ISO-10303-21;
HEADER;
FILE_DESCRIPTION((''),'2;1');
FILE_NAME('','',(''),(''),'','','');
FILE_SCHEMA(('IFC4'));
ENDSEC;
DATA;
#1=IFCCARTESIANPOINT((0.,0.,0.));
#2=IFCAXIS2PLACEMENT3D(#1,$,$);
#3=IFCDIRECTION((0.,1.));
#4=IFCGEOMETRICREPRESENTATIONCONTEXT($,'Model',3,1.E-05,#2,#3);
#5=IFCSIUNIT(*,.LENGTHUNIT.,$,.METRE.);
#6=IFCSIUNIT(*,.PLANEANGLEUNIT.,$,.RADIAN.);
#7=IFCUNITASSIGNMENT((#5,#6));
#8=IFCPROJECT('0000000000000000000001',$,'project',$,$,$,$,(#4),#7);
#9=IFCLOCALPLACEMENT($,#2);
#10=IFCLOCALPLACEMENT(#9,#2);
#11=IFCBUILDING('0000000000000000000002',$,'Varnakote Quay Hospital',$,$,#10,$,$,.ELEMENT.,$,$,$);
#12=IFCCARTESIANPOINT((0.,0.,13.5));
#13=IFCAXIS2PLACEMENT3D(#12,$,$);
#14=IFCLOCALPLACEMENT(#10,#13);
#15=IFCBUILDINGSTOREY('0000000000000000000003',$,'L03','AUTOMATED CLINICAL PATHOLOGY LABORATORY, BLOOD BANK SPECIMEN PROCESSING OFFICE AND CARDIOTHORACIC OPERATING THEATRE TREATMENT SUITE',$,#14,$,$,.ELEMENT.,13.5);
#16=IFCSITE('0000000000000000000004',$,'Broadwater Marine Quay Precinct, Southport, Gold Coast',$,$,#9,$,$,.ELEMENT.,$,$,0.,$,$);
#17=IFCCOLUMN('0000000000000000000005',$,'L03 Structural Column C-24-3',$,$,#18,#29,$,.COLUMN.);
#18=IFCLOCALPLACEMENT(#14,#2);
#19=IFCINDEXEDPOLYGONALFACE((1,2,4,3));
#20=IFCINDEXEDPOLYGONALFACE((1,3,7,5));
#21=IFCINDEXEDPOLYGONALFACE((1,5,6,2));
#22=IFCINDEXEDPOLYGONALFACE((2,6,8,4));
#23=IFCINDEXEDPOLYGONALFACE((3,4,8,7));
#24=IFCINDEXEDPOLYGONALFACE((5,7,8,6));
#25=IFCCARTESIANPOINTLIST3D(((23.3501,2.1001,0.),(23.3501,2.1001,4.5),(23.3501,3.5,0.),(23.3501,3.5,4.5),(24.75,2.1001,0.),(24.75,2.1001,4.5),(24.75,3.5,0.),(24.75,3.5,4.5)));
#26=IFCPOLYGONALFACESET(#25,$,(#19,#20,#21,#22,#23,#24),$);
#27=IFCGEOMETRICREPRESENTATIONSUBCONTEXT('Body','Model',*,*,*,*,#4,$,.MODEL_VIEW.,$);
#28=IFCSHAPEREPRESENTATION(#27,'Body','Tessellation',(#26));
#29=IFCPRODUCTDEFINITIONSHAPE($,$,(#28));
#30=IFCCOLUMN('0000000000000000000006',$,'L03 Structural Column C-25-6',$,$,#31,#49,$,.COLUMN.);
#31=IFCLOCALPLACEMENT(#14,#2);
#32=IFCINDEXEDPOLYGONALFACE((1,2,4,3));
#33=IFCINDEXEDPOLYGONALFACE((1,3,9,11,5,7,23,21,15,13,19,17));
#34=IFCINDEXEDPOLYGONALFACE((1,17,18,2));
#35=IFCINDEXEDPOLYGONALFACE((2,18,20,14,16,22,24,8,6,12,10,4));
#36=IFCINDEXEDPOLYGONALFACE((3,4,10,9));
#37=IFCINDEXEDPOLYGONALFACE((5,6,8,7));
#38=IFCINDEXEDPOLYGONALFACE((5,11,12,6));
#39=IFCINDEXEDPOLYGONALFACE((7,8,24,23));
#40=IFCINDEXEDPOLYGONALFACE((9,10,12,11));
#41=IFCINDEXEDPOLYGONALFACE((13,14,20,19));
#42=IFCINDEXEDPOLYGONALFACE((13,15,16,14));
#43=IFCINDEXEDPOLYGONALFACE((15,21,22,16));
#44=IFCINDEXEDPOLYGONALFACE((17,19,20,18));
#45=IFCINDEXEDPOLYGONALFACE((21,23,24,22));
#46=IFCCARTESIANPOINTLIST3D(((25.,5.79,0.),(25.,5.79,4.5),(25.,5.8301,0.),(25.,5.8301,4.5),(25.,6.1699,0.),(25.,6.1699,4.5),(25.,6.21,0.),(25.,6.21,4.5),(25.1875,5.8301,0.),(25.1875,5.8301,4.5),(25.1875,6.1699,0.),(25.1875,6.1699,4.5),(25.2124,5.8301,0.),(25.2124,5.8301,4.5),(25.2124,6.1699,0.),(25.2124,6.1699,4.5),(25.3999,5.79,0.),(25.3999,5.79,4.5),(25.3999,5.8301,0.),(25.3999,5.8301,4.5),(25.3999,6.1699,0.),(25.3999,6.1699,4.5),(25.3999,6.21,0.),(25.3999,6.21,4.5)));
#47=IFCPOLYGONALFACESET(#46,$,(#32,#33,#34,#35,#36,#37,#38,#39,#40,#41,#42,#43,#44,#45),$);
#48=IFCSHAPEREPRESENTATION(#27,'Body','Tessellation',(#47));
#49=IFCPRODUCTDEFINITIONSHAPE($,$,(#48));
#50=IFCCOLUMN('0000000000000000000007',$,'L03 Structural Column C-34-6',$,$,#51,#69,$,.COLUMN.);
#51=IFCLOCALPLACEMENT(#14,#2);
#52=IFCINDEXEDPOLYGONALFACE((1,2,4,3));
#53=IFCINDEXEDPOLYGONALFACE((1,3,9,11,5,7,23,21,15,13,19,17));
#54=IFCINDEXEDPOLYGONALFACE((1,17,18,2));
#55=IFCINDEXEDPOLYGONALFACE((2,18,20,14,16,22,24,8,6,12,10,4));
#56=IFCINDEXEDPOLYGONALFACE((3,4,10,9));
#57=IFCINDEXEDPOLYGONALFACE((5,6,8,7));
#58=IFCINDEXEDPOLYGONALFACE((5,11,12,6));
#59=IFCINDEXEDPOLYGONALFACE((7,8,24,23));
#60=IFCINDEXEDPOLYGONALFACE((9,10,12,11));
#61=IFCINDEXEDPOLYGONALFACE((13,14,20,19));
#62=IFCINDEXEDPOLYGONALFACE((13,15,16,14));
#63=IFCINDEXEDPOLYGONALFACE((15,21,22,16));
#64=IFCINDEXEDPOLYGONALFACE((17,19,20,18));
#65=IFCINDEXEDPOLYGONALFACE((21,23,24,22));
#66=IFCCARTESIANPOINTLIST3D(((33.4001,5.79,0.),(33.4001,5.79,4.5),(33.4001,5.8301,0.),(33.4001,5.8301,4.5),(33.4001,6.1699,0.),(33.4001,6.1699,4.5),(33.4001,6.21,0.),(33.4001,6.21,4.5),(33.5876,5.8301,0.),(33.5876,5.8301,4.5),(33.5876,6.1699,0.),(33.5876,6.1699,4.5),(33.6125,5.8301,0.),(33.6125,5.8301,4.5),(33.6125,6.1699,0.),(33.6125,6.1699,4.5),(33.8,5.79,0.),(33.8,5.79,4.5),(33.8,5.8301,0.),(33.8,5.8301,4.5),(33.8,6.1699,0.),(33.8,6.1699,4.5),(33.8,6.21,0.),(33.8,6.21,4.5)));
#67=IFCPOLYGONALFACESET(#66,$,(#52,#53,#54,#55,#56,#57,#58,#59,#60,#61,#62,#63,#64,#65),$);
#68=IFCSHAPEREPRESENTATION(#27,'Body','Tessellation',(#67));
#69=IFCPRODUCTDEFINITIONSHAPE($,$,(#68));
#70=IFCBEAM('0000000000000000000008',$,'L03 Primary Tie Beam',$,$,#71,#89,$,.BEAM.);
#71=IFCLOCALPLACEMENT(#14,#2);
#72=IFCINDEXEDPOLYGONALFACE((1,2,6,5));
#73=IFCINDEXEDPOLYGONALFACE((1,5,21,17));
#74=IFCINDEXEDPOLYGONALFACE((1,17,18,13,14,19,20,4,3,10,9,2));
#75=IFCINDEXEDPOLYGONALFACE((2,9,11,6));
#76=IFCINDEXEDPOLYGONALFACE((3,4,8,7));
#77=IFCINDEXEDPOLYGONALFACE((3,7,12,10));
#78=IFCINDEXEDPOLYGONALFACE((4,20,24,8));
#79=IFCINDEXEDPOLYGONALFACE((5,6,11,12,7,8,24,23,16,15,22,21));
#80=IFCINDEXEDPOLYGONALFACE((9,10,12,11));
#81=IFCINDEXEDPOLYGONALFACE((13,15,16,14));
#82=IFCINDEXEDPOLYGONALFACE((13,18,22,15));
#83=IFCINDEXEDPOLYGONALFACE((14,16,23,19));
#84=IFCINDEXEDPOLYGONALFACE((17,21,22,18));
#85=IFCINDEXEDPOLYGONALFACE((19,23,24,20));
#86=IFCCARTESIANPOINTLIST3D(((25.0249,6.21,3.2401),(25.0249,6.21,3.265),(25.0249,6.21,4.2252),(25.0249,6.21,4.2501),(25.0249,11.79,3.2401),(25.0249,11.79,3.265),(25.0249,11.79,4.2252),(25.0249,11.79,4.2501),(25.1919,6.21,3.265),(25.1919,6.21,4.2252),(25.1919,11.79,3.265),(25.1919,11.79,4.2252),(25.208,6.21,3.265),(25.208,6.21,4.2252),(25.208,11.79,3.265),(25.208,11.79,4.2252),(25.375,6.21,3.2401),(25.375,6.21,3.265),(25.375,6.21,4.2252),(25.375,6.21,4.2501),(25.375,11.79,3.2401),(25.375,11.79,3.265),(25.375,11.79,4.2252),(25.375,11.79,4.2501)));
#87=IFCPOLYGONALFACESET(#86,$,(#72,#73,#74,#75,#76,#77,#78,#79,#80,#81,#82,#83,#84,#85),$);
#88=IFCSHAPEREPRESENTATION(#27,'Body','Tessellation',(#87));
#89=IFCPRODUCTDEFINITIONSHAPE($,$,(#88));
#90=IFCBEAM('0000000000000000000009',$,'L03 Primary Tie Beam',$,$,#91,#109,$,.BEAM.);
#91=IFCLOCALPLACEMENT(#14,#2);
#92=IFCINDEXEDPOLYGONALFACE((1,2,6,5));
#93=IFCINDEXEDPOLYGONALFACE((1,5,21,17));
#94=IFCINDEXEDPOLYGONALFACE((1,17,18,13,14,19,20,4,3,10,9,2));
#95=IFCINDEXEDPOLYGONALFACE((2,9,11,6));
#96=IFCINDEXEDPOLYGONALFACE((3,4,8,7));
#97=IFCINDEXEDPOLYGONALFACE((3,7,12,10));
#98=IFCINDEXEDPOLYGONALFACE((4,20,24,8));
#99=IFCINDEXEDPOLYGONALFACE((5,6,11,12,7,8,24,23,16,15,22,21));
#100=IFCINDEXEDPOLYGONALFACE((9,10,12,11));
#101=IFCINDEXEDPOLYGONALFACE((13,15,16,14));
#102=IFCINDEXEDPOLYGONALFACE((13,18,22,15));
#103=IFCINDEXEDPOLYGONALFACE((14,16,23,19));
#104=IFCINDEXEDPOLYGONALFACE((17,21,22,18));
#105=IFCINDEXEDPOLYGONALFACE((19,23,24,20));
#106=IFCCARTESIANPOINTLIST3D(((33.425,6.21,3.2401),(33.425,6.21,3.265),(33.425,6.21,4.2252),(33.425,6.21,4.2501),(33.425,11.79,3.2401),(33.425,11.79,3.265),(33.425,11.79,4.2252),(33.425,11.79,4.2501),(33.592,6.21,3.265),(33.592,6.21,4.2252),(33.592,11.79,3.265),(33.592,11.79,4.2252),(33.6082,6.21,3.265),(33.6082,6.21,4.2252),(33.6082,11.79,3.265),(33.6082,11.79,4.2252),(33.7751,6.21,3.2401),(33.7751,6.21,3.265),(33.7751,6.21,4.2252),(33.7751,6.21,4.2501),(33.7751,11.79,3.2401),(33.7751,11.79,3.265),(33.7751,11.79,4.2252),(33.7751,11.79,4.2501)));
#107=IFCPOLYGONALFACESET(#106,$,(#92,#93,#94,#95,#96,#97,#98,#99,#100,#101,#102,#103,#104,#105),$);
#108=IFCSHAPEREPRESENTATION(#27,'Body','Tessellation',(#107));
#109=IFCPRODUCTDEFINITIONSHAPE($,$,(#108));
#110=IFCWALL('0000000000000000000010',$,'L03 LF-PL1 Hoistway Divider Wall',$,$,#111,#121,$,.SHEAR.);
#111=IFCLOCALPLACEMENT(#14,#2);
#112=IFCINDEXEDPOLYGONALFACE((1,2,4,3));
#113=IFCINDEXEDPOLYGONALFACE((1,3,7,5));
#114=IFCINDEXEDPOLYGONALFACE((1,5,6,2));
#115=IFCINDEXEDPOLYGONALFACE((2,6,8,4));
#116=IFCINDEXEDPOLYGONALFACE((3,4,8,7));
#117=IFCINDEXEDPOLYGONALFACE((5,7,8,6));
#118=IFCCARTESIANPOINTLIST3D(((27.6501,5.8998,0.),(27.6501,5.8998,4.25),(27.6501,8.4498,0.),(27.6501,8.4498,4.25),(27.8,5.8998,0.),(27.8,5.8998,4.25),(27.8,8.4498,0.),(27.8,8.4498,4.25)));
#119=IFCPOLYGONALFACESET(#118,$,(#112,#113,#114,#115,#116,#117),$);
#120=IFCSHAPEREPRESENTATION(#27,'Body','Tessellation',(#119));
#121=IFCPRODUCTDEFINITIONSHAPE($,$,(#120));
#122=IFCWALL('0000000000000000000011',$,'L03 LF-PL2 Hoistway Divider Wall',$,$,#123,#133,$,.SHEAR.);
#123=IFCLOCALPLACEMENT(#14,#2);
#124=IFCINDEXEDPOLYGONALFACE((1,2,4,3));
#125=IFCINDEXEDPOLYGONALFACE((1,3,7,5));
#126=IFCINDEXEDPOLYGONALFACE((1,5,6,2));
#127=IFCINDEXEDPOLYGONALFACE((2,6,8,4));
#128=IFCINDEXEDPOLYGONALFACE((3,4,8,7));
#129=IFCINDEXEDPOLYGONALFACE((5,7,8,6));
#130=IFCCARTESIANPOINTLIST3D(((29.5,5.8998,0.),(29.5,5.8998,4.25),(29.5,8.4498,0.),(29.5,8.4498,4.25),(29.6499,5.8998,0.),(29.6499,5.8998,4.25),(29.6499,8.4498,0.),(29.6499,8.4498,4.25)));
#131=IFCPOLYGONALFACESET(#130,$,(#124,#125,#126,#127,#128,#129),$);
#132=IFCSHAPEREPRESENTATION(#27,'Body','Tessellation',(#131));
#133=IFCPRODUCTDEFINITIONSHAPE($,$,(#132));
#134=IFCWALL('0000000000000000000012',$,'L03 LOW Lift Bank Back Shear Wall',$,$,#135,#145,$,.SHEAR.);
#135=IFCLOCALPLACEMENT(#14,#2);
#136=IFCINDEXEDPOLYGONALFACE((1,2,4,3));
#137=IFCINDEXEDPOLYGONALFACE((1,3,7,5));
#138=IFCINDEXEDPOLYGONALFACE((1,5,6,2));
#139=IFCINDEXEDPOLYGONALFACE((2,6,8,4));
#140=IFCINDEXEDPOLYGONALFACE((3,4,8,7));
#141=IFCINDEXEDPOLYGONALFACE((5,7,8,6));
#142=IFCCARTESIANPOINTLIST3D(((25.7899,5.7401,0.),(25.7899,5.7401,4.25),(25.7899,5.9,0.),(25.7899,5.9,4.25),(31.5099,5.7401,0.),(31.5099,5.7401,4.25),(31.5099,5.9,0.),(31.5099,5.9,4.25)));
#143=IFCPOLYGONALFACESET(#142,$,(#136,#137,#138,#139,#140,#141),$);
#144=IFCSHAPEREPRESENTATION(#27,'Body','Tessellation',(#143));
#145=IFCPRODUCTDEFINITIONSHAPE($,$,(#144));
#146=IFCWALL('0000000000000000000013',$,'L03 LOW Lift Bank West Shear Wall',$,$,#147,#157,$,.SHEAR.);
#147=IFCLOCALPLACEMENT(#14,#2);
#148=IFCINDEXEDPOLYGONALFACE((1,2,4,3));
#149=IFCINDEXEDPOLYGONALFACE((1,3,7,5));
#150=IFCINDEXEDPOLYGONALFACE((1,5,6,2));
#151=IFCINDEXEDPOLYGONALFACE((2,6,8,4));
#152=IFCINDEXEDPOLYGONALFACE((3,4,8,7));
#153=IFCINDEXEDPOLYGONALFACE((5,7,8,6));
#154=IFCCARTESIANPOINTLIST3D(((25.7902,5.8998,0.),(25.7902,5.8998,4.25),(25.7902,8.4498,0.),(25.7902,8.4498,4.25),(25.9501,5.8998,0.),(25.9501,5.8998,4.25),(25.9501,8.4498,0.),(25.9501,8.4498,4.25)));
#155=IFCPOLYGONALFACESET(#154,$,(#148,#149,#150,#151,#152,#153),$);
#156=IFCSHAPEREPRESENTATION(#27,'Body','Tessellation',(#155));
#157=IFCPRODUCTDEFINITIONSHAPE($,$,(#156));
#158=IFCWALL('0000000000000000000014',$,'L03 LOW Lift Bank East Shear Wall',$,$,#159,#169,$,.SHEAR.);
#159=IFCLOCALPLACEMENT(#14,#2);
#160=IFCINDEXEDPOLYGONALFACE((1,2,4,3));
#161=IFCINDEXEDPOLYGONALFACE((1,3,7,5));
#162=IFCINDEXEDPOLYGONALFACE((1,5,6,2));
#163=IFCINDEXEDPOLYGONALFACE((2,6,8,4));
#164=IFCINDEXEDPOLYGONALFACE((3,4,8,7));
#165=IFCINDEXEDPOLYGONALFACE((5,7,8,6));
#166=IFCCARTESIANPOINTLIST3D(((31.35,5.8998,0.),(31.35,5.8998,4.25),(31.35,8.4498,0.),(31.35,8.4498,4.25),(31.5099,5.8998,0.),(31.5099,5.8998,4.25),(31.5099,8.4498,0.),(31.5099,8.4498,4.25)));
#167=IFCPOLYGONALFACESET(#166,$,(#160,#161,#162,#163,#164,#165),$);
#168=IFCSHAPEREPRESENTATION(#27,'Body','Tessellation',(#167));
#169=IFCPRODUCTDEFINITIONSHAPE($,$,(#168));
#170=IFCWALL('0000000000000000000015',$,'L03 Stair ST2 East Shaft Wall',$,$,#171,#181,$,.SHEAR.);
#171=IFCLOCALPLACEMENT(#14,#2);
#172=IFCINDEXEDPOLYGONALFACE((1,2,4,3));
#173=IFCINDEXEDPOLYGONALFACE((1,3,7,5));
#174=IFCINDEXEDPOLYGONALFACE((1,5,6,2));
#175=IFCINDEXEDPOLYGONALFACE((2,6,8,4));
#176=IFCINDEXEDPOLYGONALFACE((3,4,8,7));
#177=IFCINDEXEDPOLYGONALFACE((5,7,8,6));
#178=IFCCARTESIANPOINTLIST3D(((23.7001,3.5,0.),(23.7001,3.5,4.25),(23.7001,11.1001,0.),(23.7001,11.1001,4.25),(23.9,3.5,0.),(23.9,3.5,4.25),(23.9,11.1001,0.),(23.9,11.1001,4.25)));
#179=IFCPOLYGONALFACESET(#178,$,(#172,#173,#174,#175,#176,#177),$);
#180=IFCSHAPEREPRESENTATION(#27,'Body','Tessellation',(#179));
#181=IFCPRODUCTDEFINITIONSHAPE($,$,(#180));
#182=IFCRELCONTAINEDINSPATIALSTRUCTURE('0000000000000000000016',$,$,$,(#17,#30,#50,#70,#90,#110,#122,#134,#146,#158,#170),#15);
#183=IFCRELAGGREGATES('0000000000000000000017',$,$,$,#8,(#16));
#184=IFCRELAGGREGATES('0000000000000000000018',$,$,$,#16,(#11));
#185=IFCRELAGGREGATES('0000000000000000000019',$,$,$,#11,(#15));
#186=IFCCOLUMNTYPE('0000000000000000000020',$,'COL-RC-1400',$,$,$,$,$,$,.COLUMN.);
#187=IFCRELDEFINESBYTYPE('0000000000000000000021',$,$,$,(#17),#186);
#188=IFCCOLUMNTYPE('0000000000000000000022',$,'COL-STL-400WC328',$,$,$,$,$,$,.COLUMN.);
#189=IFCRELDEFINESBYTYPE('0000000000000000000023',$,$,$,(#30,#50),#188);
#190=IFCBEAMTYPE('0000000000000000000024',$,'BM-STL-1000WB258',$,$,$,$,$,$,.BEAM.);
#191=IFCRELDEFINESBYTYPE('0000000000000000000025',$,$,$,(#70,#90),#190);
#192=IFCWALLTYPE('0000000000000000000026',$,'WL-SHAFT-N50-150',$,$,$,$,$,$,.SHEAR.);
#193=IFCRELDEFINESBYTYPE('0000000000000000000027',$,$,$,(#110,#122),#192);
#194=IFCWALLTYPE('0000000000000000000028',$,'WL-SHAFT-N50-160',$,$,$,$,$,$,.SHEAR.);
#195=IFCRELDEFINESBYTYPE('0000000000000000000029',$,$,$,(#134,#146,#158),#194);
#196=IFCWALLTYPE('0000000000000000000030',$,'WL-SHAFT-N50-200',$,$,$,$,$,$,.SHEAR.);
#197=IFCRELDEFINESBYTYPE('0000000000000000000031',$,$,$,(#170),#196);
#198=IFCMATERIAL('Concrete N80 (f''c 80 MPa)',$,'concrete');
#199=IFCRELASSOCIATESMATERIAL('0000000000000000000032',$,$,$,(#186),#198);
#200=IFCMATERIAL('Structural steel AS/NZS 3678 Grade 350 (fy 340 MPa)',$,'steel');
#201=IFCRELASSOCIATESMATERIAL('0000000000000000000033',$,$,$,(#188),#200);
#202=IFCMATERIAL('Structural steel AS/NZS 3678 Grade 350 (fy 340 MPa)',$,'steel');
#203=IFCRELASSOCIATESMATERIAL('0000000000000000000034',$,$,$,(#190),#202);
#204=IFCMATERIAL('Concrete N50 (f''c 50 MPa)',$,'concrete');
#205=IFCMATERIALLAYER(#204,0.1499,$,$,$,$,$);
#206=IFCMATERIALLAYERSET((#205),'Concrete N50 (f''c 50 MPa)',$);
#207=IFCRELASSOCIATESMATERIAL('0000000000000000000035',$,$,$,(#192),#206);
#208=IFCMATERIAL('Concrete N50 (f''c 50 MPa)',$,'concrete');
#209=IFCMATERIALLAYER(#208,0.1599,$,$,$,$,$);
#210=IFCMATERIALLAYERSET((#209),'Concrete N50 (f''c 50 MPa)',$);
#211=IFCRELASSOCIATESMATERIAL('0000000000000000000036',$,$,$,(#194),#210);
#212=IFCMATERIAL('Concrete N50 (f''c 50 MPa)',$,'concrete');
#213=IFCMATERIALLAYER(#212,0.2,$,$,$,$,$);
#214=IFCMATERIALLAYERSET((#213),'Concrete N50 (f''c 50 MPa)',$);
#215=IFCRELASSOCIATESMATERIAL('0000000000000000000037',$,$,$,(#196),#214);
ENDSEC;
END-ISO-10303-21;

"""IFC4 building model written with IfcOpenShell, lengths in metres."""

from ifc_helpers import new_model, si_unit, direction, frame, frame_2d, origin, origin_2d, place, context, subcontext, project, spatial, rectangle, i_section, extrude, material, layer, layer_set, material_profile, profile_set, type_object, element, save


model = new_model("IFC4")

# Units and contexts
model_context = context("Model", 3, precision=1e-05, world=origin(), true_north=direction((0.0, 1.0)))
body_context = subcontext(model_context, "Body", "Model", "MODEL_VIEW")
ifc_project = project(units=[si_unit("LENGTHUNIT", "METRE"), si_unit("PLANEANGLEUNIT", "RADIAN")], contexts=[model_context])

# Site, building, storey
site_placement = place(None, origin())
site = spatial("IfcSite", under=ifc_project, at=site_placement, Name="Broadwater Marine Quay Precinct, Southport, Gold Coast", CompositionType="ELEMENT", RefElevation=0.0)
building_placement = place(site_placement, origin())
building = spatial("IfcBuilding", under=site, at=building_placement, Name="Varnakote Quay Hospital", CompositionType="ELEMENT")
storey_placement = place(building_placement, frame((0.0, 0.0, 13.5)))
storey = spatial("IfcBuildingStorey", under=building, at=storey_placement, Name="L03", Description="AUTOMATED CLINICAL PATHOLOGY LABORATORY, BLOOD BANK SPECIMEN PROCESSING OFFICE AND CARDIOTHORACIC OPERATING THEATRE TREATMENT SUITE", CompositionType="ELEMENT", Elevation=13.5)

# Columns
ifc_material_1 = material(Name="Concrete N80 (f'c 80 MPa)", Category="concrete")
ifc_material_profile_1 = material_profile(ifc_material_1, rectangle(XDim=1.3999, YDim=1.3999, at=origin_2d()), Name="RC-COL-1400x1400")
ifc_profile_set_1 = profile_set([ifc_material_profile_1], Name="Concrete N80 (f'c 80 MPa)")
column_type_1 = type_object("IfcColumnType", Name="COL-RC-1400", PredefinedType="COLUMN", material=ifc_profile_set_1)
column_placement = place(storey_placement, frame((24.05, 2.8, 0.0), z_axis=(0.0, 0.0, 1.0), x_axis=(1.0, 0.0, 0.0)))
element("IfcColumn", 1, at=column_placement, inside=storey, type_object=column_type_1, Name="L03 Structural Column C-24-3", PredefinedType="COLUMN", context=body_context, shape_type="SweptSolid", body=[
    extrude(rectangle(XDim=1.3999, YDim=1.3999, at=origin_2d()), origin(), (0.0, 0.0, 1.0), 4.5),
])
ifc_material_2 = material(Name="Structural steel AS/NZS 3678 Grade 350 (fy 340 MPa)", Category="steel")
ifc_material_profile_2 = material_profile(ifc_material_2, i_section(OverallWidth=0.3999, OverallDepth=0.4199, WebThickness=0.0249, FlangeThickness=0.04, at=origin_2d()), Name="400WC328")
ifc_profile_set_2 = profile_set([ifc_material_profile_2], Name="Structural steel AS/NZS 3678 Grade 350 (fy 340 MPa)")
column_type_2 = type_object("IfcColumnType", Name="COL-STL-400WC328", PredefinedType="COLUMN", material=ifc_profile_set_2)
for number, where, z_axis, x_axis, name in (
    (2, (25.2, 6.0, 0.0), (0.0, 0.0, 1.0), (1.0, 0.0, 0.0), "L03 Structural Column C-25-6"),
    (3, (33.6001, 6.0, 0.0), (0.0, 0.0, 1.0), (1.0, 0.0, 0.0), "L03 Structural Column C-34-6"),
):
    element("IfcColumn", number, at=place(storey_placement, frame(where, z_axis=z_axis, x_axis=x_axis)), inside=storey, type_object=column_type_2, Name=name, PredefinedType="COLUMN", context=body_context, shape_type="SweptSolid", body=[
        extrude(i_section(OverallWidth=0.3999, OverallDepth=0.4199, WebThickness=0.0249, FlangeThickness=0.04, at=origin_2d()), origin(), (0.0, 0.0, 1.0), 4.5),
    ])

# Beams
ifc_material_3 = material(Name="Structural steel AS/NZS 3678 Grade 350 (fy 340 MPa)", Category="steel")
ifc_material_profile_3 = material_profile(ifc_material_3, i_section(OverallWidth=0.3501, OverallDepth=1.01, WebThickness=0.0161, FlangeThickness=0.0249, at=origin_2d()), Name="1000WB258")
ifc_profile_set_3 = profile_set([ifc_material_profile_3], Name="Structural steel AS/NZS 3678 Grade 350 (fy 340 MPa)")
beam_type = type_object("IfcBeamType", Name="BM-STL-1000WB258", PredefinedType="BEAM", material=ifc_profile_set_3)
for number, where, z_axis, x_axis, name in (
    (4, (25.2, 6.21, 3.7451), (0.0, 1.0, 0.0), (-1.0, 0.0, 0.0), "L03 Primary Tie Beam"),
    (5, (33.6001, 6.21, 3.7451), (0.0, 1.0, 0.0), (-1.0, 0.0, 0.0), "L03 Primary Tie Beam"),
):
    element("IfcBeam", number, at=place(storey_placement, frame(where, z_axis=z_axis, x_axis=x_axis)), inside=storey, type_object=beam_type, Name=name, PredefinedType="BEAM", context=body_context, shape_type="SweptSolid", body=[
        extrude(i_section(OverallWidth=0.3501, OverallDepth=1.01, WebThickness=0.0161, FlangeThickness=0.0249, at=origin_2d()), origin(), (0.0, 0.0, 1.0), 5.5801),
    ])

# Walls
ifc_material_4 = material(Name="Concrete N50 (f'c 50 MPa)", Category="concrete")
ifc_layer_1 = layer(ifc_material_4, 0.1499)
ifc_layer_set_1 = layer_set([ifc_layer_1], Name="Concrete N50 (f'c 50 MPa)")
wall_type_1 = type_object("IfcWallType", Name="WL-SHAFT-N50-150", PredefinedType="SHEAR", material=ifc_layer_set_1)
for number, where, z_axis, x_axis, name in (
    (6, (27.7251, 5.8999, 0.0), (0.0, 0.0, 1.0), (0.0, 1.0, 0.0), "L03 LF-PL1 Hoistway Divider Wall"),
    (7, (29.575, 5.8999, 0.0), (0.0, 0.0, 1.0), (0.0, 1.0, 0.0), "L03 LF-PL2 Hoistway Divider Wall"),
):
    element("IfcWall", number, at=place(storey_placement, frame(where, z_axis=z_axis, x_axis=x_axis)), inside=storey, type_object=wall_type_1, Name=name, PredefinedType="SHEAR", context=body_context, shape_type="SweptSolid", body=[
        extrude(rectangle(XDim=2.55, YDim=0.1499, at=frame_2d((1.2749, 0.0))), origin(), (0.0, 0.0, 1.0), 4.25),
    ])
ifc_material_5 = material(Name="Concrete N50 (f'c 50 MPa)", Category="concrete")
ifc_layer_2 = layer(ifc_material_5, 0.1599)
ifc_layer_set_2 = layer_set([ifc_layer_2], Name="Concrete N50 (f'c 50 MPa)")
wall_type_2 = type_object("IfcWallType", Name="WL-SHAFT-N50-160", PredefinedType="SHEAR", material=ifc_layer_set_2)
wall_1_placement = place(storey_placement, frame((25.79, 5.8201, 0.0), z_axis=(0.0, 0.0, 1.0), x_axis=(1.0, 0.0, 0.0)))
element("IfcWall", 8, at=wall_1_placement, inside=storey, type_object=wall_type_2, Name="L03 LOW Lift Bank Back Shear Wall", PredefinedType="SHEAR", context=body_context, shape_type="SweptSolid", body=[
    extrude(rectangle(XDim=5.72, YDim=0.1599, at=frame_2d((2.8599, 0.0))), origin(), (0.0, 0.0, 1.0), 4.25),
])
for number, where, z_axis, x_axis, name in (
    (9, (25.8701, 5.8999, 0.0), (0.0, 0.0, 1.0), (0.0, 1.0, 0.0), "L03 LOW Lift Bank West Shear Wall"),
    (10, (31.4299, 5.8999, 0.0), (0.0, 0.0, 1.0), (0.0, 1.0, 0.0), "L03 LOW Lift Bank East Shear Wall"),
):
    element("IfcWall", number, at=place(storey_placement, frame(where, z_axis=z_axis, x_axis=x_axis)), inside=storey, type_object=wall_type_2, Name=name, PredefinedType="SHEAR", context=body_context, shape_type="SweptSolid", body=[
        extrude(rectangle(XDim=2.55, YDim=0.1599, at=frame_2d((1.2749, 0.0))), origin(), (0.0, 0.0, 1.0), 4.25),
    ])

# Wall
ifc_material_6 = material(Name="Concrete N50 (f'c 50 MPa)", Category="concrete")
ifc_layer_3 = layer(ifc_material_6, 0.2)
ifc_layer_set_3 = layer_set([ifc_layer_3], Name="Concrete N50 (f'c 50 MPa)")
wall_type_3 = type_object("IfcWallType", Name="WL-SHAFT-N50-200", PredefinedType="SHEAR", material=ifc_layer_set_3)
wall_2_placement = place(storey_placement, frame((23.8, 3.5, 0.0), z_axis=(0.0, 0.0, 1.0), x_axis=(0.0, 1.0, 0.0)))
element("IfcWall", 11, at=wall_2_placement, inside=storey, type_object=wall_type_3, Name="L03 Stair ST2 East Shaft Wall", PredefinedType="SHEAR", context=body_context, shape_type="SweptSolid", body=[
    extrude(rectangle(XDim=7.6001, YDim=0.2, at=frame_2d((3.8, 0.0))), origin(), (0.0, 0.0, 1.0), 4.25),
])

save(model, "model.ifc")
